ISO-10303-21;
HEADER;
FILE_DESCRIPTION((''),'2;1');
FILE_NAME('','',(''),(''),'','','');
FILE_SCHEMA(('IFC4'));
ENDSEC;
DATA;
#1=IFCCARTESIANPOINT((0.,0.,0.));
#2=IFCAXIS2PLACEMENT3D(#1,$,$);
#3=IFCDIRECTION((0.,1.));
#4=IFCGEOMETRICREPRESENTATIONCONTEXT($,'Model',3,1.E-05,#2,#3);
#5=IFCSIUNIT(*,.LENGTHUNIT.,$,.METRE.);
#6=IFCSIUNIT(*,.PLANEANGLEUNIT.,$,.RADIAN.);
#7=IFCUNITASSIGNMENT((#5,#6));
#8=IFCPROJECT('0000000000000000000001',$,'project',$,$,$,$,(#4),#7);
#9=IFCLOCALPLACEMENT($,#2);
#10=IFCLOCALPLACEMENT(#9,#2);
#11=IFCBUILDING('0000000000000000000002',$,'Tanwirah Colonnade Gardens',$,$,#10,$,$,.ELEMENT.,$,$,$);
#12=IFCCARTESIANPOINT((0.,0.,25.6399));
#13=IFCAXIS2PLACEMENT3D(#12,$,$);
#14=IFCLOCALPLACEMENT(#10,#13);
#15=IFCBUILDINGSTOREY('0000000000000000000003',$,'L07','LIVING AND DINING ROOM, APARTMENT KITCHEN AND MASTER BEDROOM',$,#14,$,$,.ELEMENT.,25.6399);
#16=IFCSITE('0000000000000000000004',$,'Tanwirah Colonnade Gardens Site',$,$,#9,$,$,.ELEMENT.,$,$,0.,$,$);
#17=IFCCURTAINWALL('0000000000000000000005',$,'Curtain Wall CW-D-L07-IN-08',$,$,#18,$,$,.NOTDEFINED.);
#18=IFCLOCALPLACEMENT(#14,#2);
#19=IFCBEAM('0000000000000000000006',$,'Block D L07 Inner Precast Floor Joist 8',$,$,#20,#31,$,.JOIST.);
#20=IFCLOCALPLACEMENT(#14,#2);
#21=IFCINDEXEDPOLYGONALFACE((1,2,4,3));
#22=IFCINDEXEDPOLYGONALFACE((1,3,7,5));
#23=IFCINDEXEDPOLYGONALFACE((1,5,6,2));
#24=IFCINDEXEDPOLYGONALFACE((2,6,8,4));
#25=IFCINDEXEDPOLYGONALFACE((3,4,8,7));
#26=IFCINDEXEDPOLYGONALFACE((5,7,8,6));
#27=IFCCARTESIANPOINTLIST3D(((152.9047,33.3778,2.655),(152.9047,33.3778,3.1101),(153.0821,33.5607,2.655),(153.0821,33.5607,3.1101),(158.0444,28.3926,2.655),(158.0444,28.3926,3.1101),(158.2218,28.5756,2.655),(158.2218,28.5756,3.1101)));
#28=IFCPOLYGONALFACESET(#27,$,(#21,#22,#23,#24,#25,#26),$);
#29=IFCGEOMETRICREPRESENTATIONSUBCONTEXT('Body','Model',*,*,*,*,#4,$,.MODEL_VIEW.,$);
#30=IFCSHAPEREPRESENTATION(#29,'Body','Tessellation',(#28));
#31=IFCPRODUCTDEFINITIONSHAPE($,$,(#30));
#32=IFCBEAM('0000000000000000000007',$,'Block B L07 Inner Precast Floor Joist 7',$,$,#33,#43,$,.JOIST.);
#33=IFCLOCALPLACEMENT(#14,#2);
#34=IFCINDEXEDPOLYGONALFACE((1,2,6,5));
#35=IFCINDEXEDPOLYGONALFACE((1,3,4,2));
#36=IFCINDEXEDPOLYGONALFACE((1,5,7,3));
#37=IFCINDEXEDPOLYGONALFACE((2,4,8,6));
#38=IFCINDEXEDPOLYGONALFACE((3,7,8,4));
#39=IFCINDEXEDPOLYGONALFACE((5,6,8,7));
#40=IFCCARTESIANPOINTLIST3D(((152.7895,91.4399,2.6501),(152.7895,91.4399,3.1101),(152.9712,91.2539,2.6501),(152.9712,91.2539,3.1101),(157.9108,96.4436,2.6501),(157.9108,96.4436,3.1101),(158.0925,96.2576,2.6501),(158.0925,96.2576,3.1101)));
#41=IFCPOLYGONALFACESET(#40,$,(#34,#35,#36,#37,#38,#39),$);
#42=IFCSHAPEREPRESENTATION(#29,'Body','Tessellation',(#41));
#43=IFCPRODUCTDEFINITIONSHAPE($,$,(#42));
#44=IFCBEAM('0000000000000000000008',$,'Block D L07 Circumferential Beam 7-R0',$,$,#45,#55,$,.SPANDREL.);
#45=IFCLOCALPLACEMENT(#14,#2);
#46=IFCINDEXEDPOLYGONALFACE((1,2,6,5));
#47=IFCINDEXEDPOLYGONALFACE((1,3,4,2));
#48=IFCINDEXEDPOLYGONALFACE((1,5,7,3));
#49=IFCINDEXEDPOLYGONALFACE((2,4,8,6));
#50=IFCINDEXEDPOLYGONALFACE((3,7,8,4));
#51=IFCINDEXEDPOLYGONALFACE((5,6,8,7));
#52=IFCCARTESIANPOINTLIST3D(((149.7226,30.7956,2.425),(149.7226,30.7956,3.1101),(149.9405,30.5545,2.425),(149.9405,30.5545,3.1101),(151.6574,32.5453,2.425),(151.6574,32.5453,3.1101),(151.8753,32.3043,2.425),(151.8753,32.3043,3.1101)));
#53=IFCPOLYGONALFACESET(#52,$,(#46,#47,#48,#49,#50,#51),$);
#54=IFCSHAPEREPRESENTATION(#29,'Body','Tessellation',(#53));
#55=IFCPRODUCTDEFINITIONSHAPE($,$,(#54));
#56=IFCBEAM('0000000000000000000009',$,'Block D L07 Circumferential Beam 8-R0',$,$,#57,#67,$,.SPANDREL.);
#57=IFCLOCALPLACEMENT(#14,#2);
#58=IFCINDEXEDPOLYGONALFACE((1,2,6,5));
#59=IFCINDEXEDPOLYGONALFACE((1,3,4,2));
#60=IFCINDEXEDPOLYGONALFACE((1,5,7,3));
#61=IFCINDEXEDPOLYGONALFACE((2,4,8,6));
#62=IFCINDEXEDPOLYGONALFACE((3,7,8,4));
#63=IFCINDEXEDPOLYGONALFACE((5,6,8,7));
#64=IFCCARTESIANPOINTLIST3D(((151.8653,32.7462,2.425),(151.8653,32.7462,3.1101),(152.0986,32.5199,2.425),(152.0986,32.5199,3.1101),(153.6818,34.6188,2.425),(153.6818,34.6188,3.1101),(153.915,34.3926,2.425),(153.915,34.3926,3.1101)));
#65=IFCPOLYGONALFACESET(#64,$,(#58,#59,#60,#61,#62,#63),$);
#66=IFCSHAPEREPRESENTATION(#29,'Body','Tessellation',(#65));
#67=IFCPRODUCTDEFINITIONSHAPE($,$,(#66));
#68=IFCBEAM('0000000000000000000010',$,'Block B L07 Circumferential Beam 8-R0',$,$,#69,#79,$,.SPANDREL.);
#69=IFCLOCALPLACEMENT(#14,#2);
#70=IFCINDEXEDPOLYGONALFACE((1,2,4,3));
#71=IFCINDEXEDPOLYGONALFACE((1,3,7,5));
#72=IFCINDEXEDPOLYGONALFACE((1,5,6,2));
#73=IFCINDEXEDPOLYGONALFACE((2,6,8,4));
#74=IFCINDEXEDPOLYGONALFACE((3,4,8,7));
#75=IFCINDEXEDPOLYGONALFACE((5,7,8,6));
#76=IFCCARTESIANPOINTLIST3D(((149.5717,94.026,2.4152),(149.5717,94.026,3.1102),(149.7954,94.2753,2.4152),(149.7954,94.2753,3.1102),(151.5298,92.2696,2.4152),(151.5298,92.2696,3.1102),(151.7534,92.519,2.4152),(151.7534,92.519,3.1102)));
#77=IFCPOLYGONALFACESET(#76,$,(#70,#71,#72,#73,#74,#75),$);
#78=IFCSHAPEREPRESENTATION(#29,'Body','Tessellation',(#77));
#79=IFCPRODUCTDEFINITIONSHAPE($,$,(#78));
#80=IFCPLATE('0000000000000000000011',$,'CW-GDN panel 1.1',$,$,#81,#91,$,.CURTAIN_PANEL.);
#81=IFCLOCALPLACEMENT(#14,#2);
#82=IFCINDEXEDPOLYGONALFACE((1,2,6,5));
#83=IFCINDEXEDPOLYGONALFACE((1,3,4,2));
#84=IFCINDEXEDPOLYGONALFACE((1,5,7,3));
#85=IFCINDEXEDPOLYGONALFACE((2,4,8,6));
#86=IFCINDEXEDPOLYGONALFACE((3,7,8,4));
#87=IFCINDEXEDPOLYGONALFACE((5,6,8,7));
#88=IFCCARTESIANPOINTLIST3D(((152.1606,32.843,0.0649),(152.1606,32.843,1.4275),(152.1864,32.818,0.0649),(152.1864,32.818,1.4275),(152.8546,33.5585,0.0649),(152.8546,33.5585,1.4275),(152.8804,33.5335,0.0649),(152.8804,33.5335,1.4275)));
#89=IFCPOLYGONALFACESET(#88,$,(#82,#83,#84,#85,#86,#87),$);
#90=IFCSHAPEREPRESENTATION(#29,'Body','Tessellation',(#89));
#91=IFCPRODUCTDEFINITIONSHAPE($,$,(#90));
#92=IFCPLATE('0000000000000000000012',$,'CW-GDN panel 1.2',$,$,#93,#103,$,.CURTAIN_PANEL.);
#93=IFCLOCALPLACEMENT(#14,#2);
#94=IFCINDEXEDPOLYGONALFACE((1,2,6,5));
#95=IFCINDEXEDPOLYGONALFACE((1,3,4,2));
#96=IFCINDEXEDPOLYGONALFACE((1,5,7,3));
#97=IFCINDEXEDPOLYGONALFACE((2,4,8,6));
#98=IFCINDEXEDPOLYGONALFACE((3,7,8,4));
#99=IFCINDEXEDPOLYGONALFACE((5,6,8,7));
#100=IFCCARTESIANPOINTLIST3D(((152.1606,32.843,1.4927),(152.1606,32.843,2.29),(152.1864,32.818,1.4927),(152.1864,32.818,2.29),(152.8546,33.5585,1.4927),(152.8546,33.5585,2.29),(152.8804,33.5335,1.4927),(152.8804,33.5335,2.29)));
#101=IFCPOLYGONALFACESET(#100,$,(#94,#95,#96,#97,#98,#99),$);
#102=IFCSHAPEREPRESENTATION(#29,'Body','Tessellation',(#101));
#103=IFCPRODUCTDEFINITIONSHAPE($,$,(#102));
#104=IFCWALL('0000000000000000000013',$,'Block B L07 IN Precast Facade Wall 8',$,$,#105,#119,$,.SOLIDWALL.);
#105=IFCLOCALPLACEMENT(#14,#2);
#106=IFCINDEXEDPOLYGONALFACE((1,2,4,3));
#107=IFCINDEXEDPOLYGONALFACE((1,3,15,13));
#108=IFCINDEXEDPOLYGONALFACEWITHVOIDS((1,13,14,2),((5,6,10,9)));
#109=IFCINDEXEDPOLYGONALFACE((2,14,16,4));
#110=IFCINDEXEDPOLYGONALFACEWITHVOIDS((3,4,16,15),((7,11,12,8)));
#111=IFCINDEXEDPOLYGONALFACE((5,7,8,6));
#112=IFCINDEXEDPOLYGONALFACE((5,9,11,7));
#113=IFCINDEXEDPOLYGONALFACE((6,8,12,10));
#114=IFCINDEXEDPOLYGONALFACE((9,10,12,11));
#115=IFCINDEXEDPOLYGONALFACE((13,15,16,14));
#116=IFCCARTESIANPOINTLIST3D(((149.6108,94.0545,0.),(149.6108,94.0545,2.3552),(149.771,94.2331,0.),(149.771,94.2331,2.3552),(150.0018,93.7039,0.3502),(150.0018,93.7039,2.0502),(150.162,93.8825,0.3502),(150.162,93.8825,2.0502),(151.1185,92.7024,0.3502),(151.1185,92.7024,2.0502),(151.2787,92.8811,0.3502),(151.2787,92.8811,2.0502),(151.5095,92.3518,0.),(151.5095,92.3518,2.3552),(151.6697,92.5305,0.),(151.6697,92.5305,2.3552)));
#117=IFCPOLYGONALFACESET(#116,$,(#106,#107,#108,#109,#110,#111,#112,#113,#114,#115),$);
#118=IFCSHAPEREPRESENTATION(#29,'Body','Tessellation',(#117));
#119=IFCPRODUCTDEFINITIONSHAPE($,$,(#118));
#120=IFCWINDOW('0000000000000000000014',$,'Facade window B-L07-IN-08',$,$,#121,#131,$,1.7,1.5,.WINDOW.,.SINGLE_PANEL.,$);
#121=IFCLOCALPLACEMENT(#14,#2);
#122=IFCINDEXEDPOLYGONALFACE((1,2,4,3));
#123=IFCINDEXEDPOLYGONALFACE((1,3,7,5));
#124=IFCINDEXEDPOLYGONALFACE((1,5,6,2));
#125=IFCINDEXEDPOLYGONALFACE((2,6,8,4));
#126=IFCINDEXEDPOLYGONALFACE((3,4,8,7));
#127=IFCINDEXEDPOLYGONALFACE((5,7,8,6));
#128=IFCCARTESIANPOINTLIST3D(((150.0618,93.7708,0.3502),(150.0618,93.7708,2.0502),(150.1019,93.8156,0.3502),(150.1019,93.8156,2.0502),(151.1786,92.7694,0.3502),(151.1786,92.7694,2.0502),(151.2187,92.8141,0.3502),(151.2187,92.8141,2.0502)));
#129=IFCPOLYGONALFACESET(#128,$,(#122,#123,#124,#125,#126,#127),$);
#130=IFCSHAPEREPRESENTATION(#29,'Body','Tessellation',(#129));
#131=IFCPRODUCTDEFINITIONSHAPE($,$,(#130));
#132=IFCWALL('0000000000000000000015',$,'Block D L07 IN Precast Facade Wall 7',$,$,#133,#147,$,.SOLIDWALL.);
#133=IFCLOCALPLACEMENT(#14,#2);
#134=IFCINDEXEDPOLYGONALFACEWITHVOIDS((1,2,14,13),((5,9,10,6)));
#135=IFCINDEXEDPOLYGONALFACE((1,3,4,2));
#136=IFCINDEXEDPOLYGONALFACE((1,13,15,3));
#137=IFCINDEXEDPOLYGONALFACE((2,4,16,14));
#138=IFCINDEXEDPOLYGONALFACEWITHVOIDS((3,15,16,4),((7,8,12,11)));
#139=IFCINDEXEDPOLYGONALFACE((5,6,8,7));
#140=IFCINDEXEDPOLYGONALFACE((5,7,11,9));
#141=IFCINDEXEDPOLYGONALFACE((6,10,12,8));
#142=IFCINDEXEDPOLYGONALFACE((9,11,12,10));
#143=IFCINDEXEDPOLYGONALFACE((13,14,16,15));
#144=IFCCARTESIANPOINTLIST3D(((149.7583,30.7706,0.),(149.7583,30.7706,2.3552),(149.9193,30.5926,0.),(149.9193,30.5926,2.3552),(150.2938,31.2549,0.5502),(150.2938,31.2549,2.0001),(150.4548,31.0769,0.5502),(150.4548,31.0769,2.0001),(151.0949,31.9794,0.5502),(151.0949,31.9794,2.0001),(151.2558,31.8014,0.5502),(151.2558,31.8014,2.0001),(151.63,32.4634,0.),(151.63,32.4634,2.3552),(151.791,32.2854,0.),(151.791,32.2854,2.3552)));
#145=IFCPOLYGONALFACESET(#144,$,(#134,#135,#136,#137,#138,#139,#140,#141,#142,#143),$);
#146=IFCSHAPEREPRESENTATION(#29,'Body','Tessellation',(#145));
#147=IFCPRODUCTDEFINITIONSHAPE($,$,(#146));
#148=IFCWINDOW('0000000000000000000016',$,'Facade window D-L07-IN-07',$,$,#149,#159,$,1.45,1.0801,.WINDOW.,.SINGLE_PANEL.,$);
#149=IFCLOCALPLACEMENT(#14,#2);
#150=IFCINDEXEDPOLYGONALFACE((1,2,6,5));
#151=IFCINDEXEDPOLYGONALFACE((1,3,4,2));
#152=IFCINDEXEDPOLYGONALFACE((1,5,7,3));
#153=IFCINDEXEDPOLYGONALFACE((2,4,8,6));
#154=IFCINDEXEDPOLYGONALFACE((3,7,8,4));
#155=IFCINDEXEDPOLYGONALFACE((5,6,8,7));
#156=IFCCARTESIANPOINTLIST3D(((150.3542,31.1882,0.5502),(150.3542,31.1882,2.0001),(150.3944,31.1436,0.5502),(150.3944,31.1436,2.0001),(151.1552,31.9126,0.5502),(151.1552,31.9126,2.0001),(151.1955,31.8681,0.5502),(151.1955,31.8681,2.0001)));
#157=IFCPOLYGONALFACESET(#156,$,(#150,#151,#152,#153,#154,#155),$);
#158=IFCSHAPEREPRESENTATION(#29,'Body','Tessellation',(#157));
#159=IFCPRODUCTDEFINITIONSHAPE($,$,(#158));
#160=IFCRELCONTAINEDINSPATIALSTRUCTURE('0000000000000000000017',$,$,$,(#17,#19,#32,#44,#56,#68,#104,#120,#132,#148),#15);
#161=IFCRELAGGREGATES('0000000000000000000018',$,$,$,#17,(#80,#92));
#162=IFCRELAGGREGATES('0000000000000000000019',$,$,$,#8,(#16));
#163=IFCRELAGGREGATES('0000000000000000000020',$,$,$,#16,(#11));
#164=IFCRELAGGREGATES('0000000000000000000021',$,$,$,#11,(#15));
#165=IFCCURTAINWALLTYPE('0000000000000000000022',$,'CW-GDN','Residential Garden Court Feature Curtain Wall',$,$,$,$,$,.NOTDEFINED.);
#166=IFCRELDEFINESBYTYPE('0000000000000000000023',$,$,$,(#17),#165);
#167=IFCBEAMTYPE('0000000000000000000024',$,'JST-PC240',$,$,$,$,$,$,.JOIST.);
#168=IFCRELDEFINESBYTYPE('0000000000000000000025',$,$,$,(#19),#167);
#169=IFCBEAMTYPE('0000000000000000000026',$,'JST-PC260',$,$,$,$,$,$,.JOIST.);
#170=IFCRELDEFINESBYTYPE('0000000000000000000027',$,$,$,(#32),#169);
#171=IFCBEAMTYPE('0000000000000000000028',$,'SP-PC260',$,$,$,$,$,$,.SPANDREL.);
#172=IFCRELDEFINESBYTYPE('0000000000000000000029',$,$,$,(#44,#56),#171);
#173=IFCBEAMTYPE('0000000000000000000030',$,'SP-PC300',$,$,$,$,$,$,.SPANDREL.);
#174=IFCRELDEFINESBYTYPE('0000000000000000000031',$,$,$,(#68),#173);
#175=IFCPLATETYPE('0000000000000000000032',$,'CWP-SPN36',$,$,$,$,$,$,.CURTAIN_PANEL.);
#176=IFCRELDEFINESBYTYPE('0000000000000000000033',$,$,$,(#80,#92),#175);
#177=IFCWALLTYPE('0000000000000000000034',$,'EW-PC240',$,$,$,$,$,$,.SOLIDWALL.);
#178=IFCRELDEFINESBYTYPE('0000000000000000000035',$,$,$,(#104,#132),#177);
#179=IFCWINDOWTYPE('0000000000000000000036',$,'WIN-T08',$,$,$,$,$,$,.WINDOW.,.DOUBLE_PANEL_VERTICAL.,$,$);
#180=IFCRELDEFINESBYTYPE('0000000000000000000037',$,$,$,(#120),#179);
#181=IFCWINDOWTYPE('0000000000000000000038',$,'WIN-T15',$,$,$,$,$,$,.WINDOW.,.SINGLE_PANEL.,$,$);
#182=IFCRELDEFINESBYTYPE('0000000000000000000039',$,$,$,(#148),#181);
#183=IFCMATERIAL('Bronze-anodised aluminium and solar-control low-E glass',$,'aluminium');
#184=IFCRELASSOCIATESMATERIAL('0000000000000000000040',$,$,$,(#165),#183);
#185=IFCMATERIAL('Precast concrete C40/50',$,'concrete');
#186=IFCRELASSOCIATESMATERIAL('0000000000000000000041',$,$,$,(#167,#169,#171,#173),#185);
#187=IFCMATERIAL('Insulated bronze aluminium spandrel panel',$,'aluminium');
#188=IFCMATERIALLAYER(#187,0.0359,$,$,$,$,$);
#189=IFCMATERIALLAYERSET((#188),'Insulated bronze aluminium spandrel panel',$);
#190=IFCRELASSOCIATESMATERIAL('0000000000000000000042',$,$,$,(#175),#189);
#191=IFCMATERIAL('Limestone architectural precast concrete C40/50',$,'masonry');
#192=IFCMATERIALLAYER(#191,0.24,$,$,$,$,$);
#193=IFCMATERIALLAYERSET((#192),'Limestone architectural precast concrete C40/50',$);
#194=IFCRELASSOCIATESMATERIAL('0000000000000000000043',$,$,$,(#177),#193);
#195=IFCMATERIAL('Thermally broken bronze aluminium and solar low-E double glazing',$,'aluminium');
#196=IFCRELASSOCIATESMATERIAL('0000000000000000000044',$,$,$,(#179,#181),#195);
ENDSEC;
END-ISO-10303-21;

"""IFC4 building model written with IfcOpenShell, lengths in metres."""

from ifc_helpers import new_model, si_unit, direction, frame, frame_2d, origin, origin_2d, place, context, subcontext, project, spatial, rectangle, extrude, material, layer, layer_set, material_profile, profile_set, type_object, element, fill, aggregate, save


model = new_model("IFC4")

# Units and contexts
model_context = context("Model", 3, precision=1e-05, world=origin(), true_north=direction((0.0, 1.0)))
body_context = subcontext(model_context, "Body", "Model", "MODEL_VIEW")
ifc_project = project(units=[si_unit("LENGTHUNIT", "METRE"), si_unit("PLANEANGLEUNIT", "RADIAN")], contexts=[model_context])

# Site, building, storey
site_placement = place(None, origin())
site = spatial("IfcSite", under=ifc_project, at=site_placement, Name="Tanwirah Colonnade Gardens Site", CompositionType="ELEMENT", RefElevation=0.0)
building_placement = place(site_placement, origin())
building = spatial("IfcBuilding", under=site, at=building_placement, Name="Tanwirah Colonnade Gardens", CompositionType="ELEMENT")
storey_placement = place(building_placement, frame((0.0, 0.0, 25.6399)))
storey = spatial("IfcBuildingStorey", under=building, at=storey_placement, Name="L07", Description="LIVING AND DINING ROOM, APARTMENT KITCHEN AND MASTER BEDROOM", CompositionType="ELEMENT", Elevation=25.6399)

# Shared definitions
ifc_material_1 = material(Name="Precast concrete C40/50", Category="concrete")

# Curtain wall
ifc_material_2 = material(Name="Bronze-anodised aluminium and solar-control low-E glass", Category="aluminium")
curtain_wall_type = type_object("IfcCurtainWallType", Name="CW-GDN", Description="Residential Garden Court Feature Curtain Wall", PredefinedType="NOTDEFINED", material=ifc_material_2)
curtain_wall_placement = place(storey_placement, origin())
curtain_wall = element("IfcCurtainWall", 1, at=curtain_wall_placement, inside=storey, type_object=curtain_wall_type, Name="Curtain Wall CW-D-L07-IN-08", PredefinedType="NOTDEFINED")

# Beams
ifc_material_profile_1 = material_profile(ifc_material_1, rectangle(XDim=0.2549, YDim=0.4551, at=origin_2d()), Name="PC-JST 255x455")
ifc_profile_set_1 = profile_set([ifc_material_profile_1], Name="Precast concrete C40/50")
beam_type_1 = type_object("IfcBeamType", Name="JST-PC240", PredefinedType="JOIST", material=ifc_profile_set_1)
beam_1_placement = place(storey_placement, frame((152.9934, 33.4692, 2.8826), z_axis=(0.717816, -0.696233, 0.0), x_axis=(0.696233, 0.717816, 0.0)))
element("IfcBeam", 2, at=beam_1_placement, inside=storey, type_object=beam_type_1, Name="Block D L07 Inner Precast Floor Joist 8", PredefinedType="JOIST", context=body_context, shape_type="SweptSolid", body=[
    extrude(rectangle(XDim=0.2549, YDim=0.4551, at=origin_2d()), origin(), (0.0, 0.0, 1.0), 7.1602),
])
ifc_material_profile_2 = material_profile(ifc_material_1, rectangle(XDim=0.26, YDim=0.46, at=origin_2d()), Name="PC-JST 260x460")
ifc_profile_set_2 = profile_set([ifc_material_profile_2], Name="Precast concrete C40/50")
beam_type_2 = type_object("IfcBeamType", Name="JST-PC260", PredefinedType="JOIST", material=ifc_profile_set_2)
beam_2_placement = place(storey_placement, frame((152.8804, 91.3469, 2.8801), z_axis=(0.715277, 0.698841, 0.0), x_axis=(-0.698841, 0.715277, 0.0)))
element("IfcBeam", 3, at=beam_2_placement, inside=storey, type_object=beam_type_2, Name="Block B L07 Inner Precast Floor Joist 7", PredefinedType="JOIST", context=body_context, shape_type="SweptSolid", body=[
    extrude(rectangle(XDim=0.26, YDim=0.46, at=origin_2d()), origin(), (0.0, 0.0, 1.0), 7.1599),
])
ifc_material_profile_3 = material_profile(ifc_material_1, rectangle(XDim=0.325, YDim=0.6851, at=origin_2d()), Name="PC-SP 325x685")
ifc_profile_set_3 = profile_set([ifc_material_profile_3], Name="Precast concrete C40/50")
beam_type_3 = type_object("IfcBeamType", Name="SP-PC260", PredefinedType="SPANDREL", material=ifc_profile_set_3)
beam_3_placement = place(storey_placement, frame((149.8315, 30.675, 2.7676), z_axis=(0.741687, 0.670747, 0.0), x_axis=(-0.670747, 0.741687, 0.0)))
element("IfcBeam", 4, at=beam_3_placement, inside=storey, type_object=beam_type_3, Name="Block D L07 Circumferential Beam 7-R0", PredefinedType="SPANDREL", context=body_context, shape_type="SweptSolid", body=[
    extrude(rectangle(XDim=0.325, YDim=0.6851, at=origin_2d()), origin(), (0.0, 0.0, 1.0), 2.6086),
])
beam_4_placement = place(storey_placement, frame((151.9819, 32.6331, 2.7676), z_axis=(0.696263, 0.717787, 0.0), x_axis=(-0.717787, 0.696263, 0.0)))
element("IfcBeam", 5, at=beam_4_placement, inside=storey, type_object=beam_type_3, Name="Block D L07 Circumferential Beam 8-R0", PredefinedType="SPANDREL", context=body_context, shape_type="SweptSolid", body=[
    extrude(rectangle(XDim=0.325, YDim=0.6851, at=origin_2d()), origin(), (0.0, 0.0, 1.0), 2.6089),
])
ifc_material_profile_4 = material_profile(ifc_material_1, rectangle(XDim=0.335, YDim=0.6951, at=origin_2d()), Name="PC-SP 335x695")
ifc_profile_set_4 = profile_set([ifc_material_profile_4], Name="Precast concrete C40/50")
beam_type_4 = type_object("IfcBeamType", Name="SP-PC300", PredefinedType="SPANDREL", material=ifc_profile_set_4)
beam_5_placement = place(storey_placement, frame((151.6416, 92.3943, 2.7627), z_axis=(-0.744401, 0.667733, 0.0), x_axis=(-0.667733, -0.744401, 0.0)))
element("IfcBeam", 6, at=beam_5_placement, inside=storey, type_object=beam_type_4, Name="Block B L07 Circumferential Beam 8-R0", PredefinedType="SPANDREL", context=body_context, shape_type="SweptSolid", body=[
    extrude(rectangle(XDim=0.335, YDim=0.6951, at=origin_2d()), origin(), (0.0, 0.0, 1.0), 2.6304),
])

# Plates
ifc_material_3 = material(Name="Insulated bronze aluminium spandrel panel", Category="aluminium")
ifc_layer_1 = layer(ifc_material_3, 0.0359)
ifc_layer_set_1 = layer_set([ifc_layer_1], Name="Insulated bronze aluminium spandrel panel")
plate_type = type_object("IfcPlateType", Name="CWP-SPN36", PredefinedType="CURTAIN_PANEL", material=ifc_layer_set_1)
plate_1_placement = place(storey_placement, frame((152.5205, 33.1882, 0.0649), z_axis=(0.0, 0.0, 1.0), x_axis=(0.696223, 0.717825, 0.0)))
plate_1 = element("IfcPlate", 7, at=plate_1_placement, type_object=plate_type, Name="CW-GDN panel 1.1", PredefinedType="CURTAIN_PANEL", context=body_context, shape_type="SweptSolid", body=[
    extrude(rectangle(XDim=0.9968, YDim=0.0359, at=origin_2d()), origin(), (0.0, 0.0, 1.0), 1.3625),
])
plate_2_placement = place(storey_placement, frame((152.5205, 33.1882, 1.4927), z_axis=(0.0, 0.0, 1.0), x_axis=(0.696223, 0.717825, 0.0)))
plate_2 = element("IfcPlate", 8, at=plate_2_placement, type_object=plate_type, Name="CW-GDN panel 1.2", PredefinedType="CURTAIN_PANEL", context=body_context, shape_type="SweptSolid", body=[
    extrude(rectangle(XDim=0.9968, YDim=0.0359, at=origin_2d()), origin(), (0.0, 0.0, 1.0), 0.7974),
])
aggregate(curtain_wall, [plate_1, plate_2])

# Walls, openings, windows
ifc_material_4 = material(Name="Limestone architectural precast concrete C40/50", Category="masonry")
ifc_layer_2 = layer(ifc_material_4, 0.24)
ifc_layer_set_2 = layer_set([ifc_layer_2], Name="Limestone architectural precast concrete C40/50")
wall_type = type_object("IfcWallType", Name="EW-PC240", PredefinedType="SOLIDWALL", material=ifc_layer_set_2)
wall_1_placement = place(storey_placement, frame((151.5896, 92.4412, 0.0), z_axis=(0.0, 0.0, 1.0), x_axis=(-0.744497, 0.667626, 0.0)))
wall_1 = element("IfcWall", 9, at=wall_1_placement, inside=storey, type_object=wall_type, Name="Block B L07 IN Precast Facade Wall 8", PredefinedType="SOLIDWALL", context=body_context, shape_type="SweptSolid", body=[
    extrude(rectangle(XDim=2.5503, YDim=0.24, at=frame_2d((1.2751, 0.0))), origin(), (0.0, 0.0, 1.0), 2.3552),
])
opening_1_placement = place(wall_1_placement, frame((0.5251, 0.0, 0.3501)))
opening_1 = element("IfcOpeningElement", 10, at=opening_1_placement, cuts=wall_1, PredefinedType="OPENING", context=body_context, shape_type="SweptSolid", body=[
    extrude(rectangle(XDim=1.5, YDim=1.7, at=frame_2d((0.75, 0.8501))), frame((0.0, 0.1299, 0.0), z_axis=(0.0, -1.0, 0.0), x_axis=(1.0, 0.0, 0.0)), (0.0, 0.0, 1.0), 0.26),
])
ifc_material_5 = material(Name="Thermally broken bronze aluminium and solar low-E double glazing", Category="aluminium")
window_type_1 = type_object("IfcWindowType", Name="WIN-T08", PartitioningType="DOUBLE_PANEL_VERTICAL", PredefinedType="WINDOW", material=ifc_material_5)
window_1_placement = place(opening_1_placement, origin())
window_1 = element("IfcWindow", 11, at=window_1_placement, inside=storey, type_object=window_type_1, Name="Facade window B-L07-IN-08", OverallHeight=1.7, OverallWidth=1.5, PartitioningType="SINGLE_PANEL", PredefinedType="WINDOW", context=body_context, shape_type="SweptSolid", body=[
    extrude(rectangle(XDim=1.5, YDim=1.7, at=frame_2d((0.75, 0.8501))), frame((0.0, 0.03, 0.0), z_axis=(0.0, -1.0, 0.0), x_axis=(1.0, 0.0, 0.0)), (0.0, 0.0, 1.0), 0.0601),
])
fill(opening_1, window_1)
wall_2_placement = place(storey_placement, frame((149.8389, 30.6816, 0.0), z_axis=(0.0, 0.0, 1.0), x_axis=(0.741671, 0.670764, 0.0)))
wall_2 = element("IfcWall", 12, at=wall_2_placement, inside=storey, type_object=wall_type, Name="Block D L07 IN Precast Facade Wall 7", PredefinedType="SOLIDWALL", context=body_context, shape_type="SweptSolid", body=[
    extrude(rectangle(XDim=2.5237, YDim=0.24, at=frame_2d((1.2617, 0.0))), origin(), (0.0, 0.0, 1.0), 2.3552),
])
opening_2_placement = place(wall_2_placement, frame((0.7219, 0.0, 0.55)))
opening_2 = element("IfcOpeningElement", 13, at=opening_2_placement, cuts=wall_2, PredefinedType="OPENING", context=body_context, shape_type="SweptSolid", body=[
    extrude(rectangle(XDim=1.0801, YDim=1.45, at=frame_2d((0.54, 0.7251))), frame((0.0, 0.1299, 0.0), z_axis=(0.0, -1.0, 0.0), x_axis=(1.0, 0.0, 0.0)), (0.0, 0.0, 1.0), 0.26),
])
window_type_2 = type_object("IfcWindowType", Name="WIN-T15", PartitioningType="SINGLE_PANEL", PredefinedType="WINDOW", material=ifc_material_5)
window_2_placement = place(opening_2_placement, origin())
window_2 = element("IfcWindow", 14, at=window_2_placement, inside=storey, type_object=window_type_2, Name="Facade window D-L07-IN-07", OverallHeight=1.45, OverallWidth=1.0801, PartitioningType="SINGLE_PANEL", PredefinedType="WINDOW", context=body_context, shape_type="SweptSolid", body=[
    extrude(rectangle(XDim=1.0801, YDim=1.45, at=frame_2d((0.54, 0.7251))), frame((0.0, 0.03, 0.0), z_axis=(0.0, -1.0, 0.0), x_axis=(1.0, 0.0, 0.0)), (0.0, 0.0, 1.0), 0.0601),
])
fill(opening_2, window_2)

save(model, "model.ifc")
